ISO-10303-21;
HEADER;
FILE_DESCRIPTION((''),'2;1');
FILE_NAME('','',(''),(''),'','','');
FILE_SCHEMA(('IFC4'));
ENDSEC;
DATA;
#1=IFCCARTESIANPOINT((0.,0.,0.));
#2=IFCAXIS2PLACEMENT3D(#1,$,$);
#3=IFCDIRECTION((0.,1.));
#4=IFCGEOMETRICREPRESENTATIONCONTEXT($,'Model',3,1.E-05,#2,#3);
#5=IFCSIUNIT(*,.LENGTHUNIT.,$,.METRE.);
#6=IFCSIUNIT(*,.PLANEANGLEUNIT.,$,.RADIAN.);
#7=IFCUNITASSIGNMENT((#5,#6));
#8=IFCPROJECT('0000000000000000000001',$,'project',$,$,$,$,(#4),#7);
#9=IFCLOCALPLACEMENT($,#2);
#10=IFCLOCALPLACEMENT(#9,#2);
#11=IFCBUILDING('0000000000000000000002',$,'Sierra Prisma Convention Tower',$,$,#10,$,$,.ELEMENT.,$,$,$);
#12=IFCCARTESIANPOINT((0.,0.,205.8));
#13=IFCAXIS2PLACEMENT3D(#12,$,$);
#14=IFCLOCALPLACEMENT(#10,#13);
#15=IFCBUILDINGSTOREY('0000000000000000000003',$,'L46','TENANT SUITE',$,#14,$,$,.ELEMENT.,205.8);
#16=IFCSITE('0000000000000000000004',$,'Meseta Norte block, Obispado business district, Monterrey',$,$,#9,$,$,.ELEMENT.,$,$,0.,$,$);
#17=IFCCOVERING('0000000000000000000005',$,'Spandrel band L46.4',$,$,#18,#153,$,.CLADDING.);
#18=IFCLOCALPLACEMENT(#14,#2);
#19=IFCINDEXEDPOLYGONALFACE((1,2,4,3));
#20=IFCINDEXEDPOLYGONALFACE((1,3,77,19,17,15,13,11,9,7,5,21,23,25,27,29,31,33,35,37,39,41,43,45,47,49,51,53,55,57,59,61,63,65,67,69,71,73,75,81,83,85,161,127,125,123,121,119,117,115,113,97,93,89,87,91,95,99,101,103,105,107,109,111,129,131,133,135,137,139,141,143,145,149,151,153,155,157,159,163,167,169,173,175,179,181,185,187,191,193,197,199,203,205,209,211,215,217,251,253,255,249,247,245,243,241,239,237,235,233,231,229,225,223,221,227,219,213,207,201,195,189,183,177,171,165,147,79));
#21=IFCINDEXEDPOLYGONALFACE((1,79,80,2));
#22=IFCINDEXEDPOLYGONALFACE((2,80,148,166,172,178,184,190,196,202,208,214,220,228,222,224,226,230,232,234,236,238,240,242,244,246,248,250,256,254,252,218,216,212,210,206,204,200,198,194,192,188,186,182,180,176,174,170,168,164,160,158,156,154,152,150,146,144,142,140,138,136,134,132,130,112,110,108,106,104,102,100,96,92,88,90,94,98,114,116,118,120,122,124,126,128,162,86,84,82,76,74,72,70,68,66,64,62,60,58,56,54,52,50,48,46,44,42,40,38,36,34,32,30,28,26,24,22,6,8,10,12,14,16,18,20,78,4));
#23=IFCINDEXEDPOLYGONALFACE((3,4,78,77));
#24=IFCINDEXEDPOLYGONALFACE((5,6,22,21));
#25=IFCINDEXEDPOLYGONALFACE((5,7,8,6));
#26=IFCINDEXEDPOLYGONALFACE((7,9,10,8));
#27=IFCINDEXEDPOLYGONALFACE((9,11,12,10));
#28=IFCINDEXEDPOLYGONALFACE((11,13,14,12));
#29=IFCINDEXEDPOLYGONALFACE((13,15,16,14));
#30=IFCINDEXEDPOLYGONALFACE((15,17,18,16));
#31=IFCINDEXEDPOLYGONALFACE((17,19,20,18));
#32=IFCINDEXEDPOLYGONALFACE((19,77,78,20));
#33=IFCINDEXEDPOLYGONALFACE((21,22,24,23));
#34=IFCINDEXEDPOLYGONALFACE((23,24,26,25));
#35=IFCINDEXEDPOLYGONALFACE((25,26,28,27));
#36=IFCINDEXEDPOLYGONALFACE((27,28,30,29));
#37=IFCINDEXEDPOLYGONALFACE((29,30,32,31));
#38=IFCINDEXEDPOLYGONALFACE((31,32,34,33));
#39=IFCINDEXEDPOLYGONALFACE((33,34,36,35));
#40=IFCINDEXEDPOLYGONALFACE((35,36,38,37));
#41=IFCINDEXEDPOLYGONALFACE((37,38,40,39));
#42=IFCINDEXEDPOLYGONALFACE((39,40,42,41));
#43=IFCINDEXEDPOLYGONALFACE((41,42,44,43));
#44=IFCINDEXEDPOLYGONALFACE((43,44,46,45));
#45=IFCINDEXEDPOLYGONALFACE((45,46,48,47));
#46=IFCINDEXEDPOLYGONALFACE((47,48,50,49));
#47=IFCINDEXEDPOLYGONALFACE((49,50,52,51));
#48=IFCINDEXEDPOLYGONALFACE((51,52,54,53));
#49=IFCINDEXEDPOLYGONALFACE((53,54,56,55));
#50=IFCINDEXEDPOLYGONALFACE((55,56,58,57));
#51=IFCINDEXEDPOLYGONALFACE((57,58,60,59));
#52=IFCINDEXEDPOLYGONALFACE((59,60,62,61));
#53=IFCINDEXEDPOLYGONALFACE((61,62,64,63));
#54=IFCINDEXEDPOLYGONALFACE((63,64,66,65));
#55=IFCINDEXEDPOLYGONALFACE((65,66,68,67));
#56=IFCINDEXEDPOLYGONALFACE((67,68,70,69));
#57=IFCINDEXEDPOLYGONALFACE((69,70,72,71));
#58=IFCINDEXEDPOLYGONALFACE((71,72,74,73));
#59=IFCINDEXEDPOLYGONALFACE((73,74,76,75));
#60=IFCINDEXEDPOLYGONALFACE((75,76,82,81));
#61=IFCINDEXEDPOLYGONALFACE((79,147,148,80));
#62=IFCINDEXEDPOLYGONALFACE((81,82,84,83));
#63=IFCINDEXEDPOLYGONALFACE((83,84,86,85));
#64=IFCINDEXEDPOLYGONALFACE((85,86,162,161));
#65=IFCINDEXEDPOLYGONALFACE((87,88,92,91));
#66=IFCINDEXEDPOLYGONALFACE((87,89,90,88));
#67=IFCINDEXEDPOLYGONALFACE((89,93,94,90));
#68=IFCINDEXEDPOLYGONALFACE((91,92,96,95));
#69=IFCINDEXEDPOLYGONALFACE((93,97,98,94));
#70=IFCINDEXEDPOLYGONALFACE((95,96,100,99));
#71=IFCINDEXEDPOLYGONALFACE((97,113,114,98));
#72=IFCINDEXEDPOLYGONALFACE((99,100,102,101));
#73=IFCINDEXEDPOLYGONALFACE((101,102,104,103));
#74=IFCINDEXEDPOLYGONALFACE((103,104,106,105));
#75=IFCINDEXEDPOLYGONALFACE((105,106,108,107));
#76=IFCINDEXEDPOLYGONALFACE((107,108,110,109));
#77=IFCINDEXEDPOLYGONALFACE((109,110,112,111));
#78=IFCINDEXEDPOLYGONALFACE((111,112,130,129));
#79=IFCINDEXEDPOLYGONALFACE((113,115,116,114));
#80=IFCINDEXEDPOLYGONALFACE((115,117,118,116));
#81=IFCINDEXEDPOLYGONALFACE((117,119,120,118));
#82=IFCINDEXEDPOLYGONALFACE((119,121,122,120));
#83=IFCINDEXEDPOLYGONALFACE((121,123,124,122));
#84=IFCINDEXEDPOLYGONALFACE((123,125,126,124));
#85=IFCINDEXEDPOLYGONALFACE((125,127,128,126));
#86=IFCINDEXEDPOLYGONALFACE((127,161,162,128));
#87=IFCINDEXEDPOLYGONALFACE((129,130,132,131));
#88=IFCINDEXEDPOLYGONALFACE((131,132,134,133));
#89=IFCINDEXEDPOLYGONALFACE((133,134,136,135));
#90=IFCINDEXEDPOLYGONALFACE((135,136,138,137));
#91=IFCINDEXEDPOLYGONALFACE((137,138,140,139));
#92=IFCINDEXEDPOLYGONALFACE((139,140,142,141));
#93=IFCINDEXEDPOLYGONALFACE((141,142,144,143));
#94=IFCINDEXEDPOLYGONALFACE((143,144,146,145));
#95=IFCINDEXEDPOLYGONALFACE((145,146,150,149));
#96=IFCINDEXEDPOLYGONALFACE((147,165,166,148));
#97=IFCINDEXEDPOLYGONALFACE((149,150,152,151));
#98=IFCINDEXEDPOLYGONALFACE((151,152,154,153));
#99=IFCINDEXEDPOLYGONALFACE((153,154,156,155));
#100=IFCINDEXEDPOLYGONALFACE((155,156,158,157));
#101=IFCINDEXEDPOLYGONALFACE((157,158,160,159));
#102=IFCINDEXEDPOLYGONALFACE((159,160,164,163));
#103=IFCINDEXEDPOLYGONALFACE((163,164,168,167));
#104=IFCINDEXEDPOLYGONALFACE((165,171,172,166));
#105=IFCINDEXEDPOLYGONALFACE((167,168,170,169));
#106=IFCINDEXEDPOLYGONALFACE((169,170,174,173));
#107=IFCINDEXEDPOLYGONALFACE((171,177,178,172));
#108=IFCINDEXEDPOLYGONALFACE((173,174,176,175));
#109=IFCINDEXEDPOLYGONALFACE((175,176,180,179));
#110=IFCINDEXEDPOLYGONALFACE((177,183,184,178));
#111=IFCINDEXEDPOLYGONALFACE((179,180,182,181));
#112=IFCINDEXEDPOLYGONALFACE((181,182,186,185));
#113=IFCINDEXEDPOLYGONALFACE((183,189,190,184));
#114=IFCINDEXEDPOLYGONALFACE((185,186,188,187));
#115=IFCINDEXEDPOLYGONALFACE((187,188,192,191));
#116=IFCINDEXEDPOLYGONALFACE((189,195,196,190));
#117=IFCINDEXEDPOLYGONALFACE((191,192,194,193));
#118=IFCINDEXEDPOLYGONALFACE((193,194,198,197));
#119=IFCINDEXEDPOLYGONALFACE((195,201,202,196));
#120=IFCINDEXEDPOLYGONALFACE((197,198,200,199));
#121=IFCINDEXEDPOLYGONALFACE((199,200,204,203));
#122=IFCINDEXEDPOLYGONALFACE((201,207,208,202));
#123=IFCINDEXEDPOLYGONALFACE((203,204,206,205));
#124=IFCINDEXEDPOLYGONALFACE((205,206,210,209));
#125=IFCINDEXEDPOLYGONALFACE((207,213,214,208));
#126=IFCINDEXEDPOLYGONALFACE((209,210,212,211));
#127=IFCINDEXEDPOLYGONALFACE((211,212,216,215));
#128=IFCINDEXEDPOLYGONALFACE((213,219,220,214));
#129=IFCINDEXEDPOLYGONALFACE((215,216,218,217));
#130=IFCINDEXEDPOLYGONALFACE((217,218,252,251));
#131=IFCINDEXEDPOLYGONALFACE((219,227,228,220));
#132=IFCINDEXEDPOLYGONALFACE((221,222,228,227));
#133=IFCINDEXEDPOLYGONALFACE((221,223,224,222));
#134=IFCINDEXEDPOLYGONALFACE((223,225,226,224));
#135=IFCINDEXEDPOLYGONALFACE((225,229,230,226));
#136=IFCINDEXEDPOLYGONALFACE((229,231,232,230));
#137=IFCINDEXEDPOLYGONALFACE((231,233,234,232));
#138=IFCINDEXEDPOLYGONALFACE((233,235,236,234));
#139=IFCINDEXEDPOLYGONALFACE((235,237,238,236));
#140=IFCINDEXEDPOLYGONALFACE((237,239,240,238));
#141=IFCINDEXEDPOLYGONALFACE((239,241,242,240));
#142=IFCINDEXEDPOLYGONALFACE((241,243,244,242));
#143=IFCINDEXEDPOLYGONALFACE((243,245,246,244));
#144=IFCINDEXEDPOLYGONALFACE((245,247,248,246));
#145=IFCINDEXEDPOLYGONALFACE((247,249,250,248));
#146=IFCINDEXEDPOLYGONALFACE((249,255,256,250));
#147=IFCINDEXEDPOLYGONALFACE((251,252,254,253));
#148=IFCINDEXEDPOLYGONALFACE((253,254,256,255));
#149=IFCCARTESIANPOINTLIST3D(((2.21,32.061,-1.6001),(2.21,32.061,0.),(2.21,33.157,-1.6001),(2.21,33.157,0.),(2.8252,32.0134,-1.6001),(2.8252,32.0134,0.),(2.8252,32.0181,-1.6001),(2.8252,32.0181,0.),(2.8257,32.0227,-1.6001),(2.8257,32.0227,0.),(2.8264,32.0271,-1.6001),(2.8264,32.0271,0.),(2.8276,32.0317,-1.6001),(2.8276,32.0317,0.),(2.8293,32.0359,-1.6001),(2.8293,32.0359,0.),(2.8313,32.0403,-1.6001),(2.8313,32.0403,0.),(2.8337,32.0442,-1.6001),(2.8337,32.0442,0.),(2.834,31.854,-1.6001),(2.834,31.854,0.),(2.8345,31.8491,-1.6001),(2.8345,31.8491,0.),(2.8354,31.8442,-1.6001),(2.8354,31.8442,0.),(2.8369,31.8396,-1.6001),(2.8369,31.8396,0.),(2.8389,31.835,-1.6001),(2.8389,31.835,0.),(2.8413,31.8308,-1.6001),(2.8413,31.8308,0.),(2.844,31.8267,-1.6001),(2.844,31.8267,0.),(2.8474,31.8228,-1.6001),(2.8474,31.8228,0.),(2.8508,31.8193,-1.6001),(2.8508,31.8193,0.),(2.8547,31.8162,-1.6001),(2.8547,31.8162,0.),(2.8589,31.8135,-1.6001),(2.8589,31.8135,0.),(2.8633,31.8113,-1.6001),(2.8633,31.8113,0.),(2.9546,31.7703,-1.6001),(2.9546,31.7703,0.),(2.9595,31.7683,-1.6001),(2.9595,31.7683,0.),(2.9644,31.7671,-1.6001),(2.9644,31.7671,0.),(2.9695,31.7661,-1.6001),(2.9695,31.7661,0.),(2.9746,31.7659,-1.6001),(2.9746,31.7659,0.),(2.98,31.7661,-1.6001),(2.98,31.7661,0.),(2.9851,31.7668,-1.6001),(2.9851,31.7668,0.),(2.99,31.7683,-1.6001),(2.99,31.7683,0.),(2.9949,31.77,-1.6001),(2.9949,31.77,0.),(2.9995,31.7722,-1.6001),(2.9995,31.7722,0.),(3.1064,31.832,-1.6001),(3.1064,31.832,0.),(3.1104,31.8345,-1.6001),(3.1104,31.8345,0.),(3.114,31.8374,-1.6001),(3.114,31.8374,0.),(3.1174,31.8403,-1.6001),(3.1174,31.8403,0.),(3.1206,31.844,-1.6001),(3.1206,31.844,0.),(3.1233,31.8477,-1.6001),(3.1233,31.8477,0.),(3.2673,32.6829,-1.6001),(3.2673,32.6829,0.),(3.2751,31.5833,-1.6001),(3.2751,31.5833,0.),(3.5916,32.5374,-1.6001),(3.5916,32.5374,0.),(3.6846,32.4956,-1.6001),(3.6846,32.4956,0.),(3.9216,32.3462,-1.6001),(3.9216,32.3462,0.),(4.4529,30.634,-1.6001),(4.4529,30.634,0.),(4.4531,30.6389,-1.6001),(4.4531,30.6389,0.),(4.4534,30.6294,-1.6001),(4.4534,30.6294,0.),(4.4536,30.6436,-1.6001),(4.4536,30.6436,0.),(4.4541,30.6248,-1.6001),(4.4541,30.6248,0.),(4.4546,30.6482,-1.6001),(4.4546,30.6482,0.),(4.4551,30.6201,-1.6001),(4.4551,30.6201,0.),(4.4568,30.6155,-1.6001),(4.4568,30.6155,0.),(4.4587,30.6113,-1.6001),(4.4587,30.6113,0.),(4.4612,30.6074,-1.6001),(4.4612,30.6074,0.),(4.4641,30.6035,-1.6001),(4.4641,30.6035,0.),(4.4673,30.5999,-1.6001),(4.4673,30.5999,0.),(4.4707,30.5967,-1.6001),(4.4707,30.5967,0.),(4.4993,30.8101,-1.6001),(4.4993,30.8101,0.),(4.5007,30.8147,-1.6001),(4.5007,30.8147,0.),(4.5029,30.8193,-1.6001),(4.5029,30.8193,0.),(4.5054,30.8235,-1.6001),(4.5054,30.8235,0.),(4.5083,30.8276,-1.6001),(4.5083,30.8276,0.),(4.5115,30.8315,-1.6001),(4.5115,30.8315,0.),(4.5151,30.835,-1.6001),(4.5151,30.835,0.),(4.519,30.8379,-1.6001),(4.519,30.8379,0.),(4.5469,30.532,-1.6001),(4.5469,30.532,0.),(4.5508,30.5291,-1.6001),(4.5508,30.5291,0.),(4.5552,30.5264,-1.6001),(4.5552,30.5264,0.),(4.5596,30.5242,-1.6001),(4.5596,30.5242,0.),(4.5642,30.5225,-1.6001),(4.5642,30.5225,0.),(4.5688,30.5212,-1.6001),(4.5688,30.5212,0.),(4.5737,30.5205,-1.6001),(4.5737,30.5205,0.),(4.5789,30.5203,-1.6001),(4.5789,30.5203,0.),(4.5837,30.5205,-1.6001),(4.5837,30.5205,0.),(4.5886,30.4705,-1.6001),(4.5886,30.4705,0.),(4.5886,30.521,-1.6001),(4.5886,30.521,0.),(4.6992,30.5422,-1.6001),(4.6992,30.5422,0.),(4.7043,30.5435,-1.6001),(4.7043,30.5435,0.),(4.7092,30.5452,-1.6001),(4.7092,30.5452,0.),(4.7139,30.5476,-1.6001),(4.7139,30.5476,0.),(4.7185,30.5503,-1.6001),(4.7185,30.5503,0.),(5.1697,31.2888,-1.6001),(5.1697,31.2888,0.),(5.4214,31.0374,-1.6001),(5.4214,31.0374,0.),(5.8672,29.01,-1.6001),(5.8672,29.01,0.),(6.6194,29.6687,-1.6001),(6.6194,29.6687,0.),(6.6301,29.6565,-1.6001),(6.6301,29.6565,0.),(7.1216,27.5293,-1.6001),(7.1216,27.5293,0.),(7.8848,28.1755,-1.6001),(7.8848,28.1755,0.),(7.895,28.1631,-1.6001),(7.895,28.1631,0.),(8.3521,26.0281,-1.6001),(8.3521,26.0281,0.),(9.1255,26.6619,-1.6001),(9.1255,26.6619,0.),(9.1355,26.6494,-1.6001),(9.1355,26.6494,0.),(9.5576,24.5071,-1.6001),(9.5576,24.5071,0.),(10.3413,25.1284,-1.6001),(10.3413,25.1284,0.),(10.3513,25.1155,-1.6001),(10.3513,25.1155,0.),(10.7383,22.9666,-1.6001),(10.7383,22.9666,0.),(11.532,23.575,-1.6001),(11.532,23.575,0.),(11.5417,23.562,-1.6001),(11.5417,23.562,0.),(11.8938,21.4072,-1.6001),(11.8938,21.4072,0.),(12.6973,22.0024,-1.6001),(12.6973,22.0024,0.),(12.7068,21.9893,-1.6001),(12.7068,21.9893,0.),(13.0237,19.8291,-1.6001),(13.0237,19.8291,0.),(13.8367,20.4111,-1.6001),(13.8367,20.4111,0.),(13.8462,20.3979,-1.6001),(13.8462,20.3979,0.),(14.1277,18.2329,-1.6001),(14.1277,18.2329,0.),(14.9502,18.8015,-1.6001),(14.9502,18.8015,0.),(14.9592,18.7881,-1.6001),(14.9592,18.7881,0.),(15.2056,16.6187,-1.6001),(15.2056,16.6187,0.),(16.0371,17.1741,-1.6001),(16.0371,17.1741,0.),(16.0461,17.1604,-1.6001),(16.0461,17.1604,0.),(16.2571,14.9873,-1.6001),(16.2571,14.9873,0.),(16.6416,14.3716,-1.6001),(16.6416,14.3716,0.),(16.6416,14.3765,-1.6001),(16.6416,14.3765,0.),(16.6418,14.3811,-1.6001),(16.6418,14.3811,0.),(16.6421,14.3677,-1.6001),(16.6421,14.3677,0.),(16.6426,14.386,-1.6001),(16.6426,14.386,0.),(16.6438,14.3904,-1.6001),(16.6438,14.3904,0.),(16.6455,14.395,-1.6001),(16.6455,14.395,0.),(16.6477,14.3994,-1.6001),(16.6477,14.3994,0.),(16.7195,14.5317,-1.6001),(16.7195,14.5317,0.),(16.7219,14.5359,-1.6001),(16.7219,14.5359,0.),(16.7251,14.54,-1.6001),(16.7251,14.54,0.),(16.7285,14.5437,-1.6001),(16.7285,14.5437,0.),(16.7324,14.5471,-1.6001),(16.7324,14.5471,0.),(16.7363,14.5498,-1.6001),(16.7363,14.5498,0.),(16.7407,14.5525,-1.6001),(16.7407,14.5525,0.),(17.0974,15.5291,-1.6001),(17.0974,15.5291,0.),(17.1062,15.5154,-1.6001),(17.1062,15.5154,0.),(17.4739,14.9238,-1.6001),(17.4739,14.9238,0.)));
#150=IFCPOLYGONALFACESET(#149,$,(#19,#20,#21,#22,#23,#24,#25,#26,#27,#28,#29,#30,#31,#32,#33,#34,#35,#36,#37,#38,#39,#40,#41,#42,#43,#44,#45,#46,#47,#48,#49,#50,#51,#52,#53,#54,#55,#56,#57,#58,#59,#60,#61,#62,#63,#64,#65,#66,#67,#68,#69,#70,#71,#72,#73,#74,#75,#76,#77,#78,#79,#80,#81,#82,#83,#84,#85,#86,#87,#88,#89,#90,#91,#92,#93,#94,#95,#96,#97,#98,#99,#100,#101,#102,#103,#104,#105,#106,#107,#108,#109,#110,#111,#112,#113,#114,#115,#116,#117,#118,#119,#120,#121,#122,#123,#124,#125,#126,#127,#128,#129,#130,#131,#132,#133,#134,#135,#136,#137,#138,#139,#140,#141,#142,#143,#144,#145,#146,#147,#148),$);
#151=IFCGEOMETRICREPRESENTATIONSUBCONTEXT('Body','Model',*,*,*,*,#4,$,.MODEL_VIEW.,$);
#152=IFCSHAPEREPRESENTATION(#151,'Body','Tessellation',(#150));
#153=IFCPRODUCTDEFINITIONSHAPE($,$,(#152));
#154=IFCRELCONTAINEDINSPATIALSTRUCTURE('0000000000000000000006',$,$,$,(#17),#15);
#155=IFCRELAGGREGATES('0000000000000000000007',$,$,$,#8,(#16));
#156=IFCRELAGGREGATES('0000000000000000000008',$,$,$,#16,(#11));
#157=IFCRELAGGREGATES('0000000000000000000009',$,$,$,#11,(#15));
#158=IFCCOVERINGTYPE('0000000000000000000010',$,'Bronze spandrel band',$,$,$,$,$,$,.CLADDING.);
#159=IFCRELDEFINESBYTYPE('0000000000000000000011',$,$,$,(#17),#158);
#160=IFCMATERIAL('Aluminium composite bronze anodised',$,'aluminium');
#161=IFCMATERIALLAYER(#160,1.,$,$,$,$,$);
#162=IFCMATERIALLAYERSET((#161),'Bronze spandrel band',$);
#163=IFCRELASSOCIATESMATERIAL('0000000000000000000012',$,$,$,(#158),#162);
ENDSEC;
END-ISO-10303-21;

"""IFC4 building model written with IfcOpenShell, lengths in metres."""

from ifc_helpers import new_model, si_unit, direction, frame, origin, place, context, subcontext, project, spatial, polyline, outline, extrude, material, layer, layer_set, type_object, element, save


model = new_model("IFC4")

# Units and contexts
model_context = context("Model", 3, precision=1e-05, world=origin(), true_north=direction((0.0, 1.0)))
body_context = subcontext(model_context, "Body", "Model", "MODEL_VIEW")
ifc_project = project(units=[si_unit("LENGTHUNIT", "METRE"), si_unit("PLANEANGLEUNIT", "RADIAN")], contexts=[model_context])

# Site, building, storey
site_placement = place(None, origin())
site = spatial("IfcSite", under=ifc_project, at=site_placement, Name="Meseta Norte block, Obispado business district, Monterrey", CompositionType="ELEMENT", RefElevation=0.0)
building_placement = place(site_placement, origin())
building = spatial("IfcBuilding", under=site, at=building_placement, Name="Sierra Prisma Convention Tower", CompositionType="ELEMENT")
storey_placement = place(building_placement, frame((0.0, 0.0, 205.8)))
storey = spatial("IfcBuildingStorey", under=building, at=storey_placement, Name="L46", Description="TENANT SUITE", CompositionType="ELEMENT", Elevation=205.8)

# Covering
ifc_material_1 = material(Name="Aluminium composite bronze anodised", Category="aluminium")
ifc_layer_1 = layer(ifc_material_1, 1.0)
ifc_layer_set_1 = layer_set([ifc_layer_1], Name="Bronze spandrel band")
covering_type_1 = type_object("IfcCoveringType", Name="Bronze spandrel band", PredefinedType="CLADDING", material=ifc_layer_set_1)
covering_1_placement = place(storey_placement, frame((0.0, 0.0, -1.6001)))
element("IfcCovering", 1, at=covering_1_placement, inside=storey, type_object=covering_type_1, Name="Spandrel band L46.4", PredefinedType="CLADDING", context=body_context, shape_type="SweptSolid", body=[
    extrude(outline(polyline([(2.8313, 32.0403), (2.8293, 32.0359), (2.8276, 32.0317), (2.8264, 32.0271), (2.8257, 32.0227), (2.8252, 32.0181), (2.8252, 32.0134), (2.834, 31.854), (2.8345, 31.8491), (2.8354, 31.8442), (2.8369, 31.8396), (2.8389, 31.835), (2.8413, 31.8308), (2.844, 31.8267), (2.8474, 31.8228), (2.8508, 31.8193), (2.8547, 31.8162), (2.8589, 31.8135), (2.8633, 31.8113), (2.9546, 31.7703), (2.9595, 31.7683), (2.9644, 31.7671), (2.9695, 31.7661), (2.9746, 31.7659), (2.98, 31.7661), (2.9851, 31.7668), (2.99, 31.7683), (2.9949, 31.77), (2.9995, 31.7722), (3.1064, 31.832), (3.1104, 31.8345), (3.114, 31.8374), (3.1174, 31.8403), (3.1206, 31.844), (3.1233, 31.8477), (3.5916, 32.5374), (3.6846, 32.4956), (3.9216, 32.3462), (5.1697, 31.2888), (4.519, 30.8379), (4.5151, 30.835), (4.5115, 30.8315), (4.5083, 30.8276), (4.5054, 30.8235), (4.5029, 30.8193), (4.5007, 30.8147), (4.4993, 30.8101), (4.4546, 30.6482), (4.4536, 30.6436), (4.4531, 30.6389), (4.4529, 30.634), (4.4534, 30.6294), (4.4541, 30.6248), (4.4551, 30.6201), (4.4568, 30.6155), (4.4587, 30.6113), (4.4612, 30.6074), (4.4641, 30.6035), (4.4673, 30.5999), (4.4707, 30.5967), (4.5469, 30.532), (4.5508, 30.5291), (4.5552, 30.5264), (4.5596, 30.5242), (4.5642, 30.5225), (4.5688, 30.5212), (4.5737, 30.5205), (4.5789, 30.5203), (4.5837, 30.5205), (4.5886, 30.521), (4.6992, 30.5422), (4.7043, 30.5435), (4.7092, 30.5452), (4.7139, 30.5476), (4.7185, 30.5503), (5.4214, 31.0374), (6.6194, 29.6687), (6.6301, 29.6565), (7.8848, 28.1755), (7.895, 28.1631), (9.1255, 26.6619), (9.1355, 26.6494), (10.3413, 25.1284), (10.3513, 25.1155), (11.532, 23.575), (11.5417, 23.562), (12.6973, 22.0024), (12.7068, 21.9893), (13.8367, 20.4111), (13.8462, 20.3979), (14.9502, 18.8015), (14.9592, 18.7881), (16.0371, 17.1741), (16.0461, 17.1604), (17.0974, 15.5291), (17.1062, 15.5154), (17.4739, 14.9238), (16.7407, 14.5525), (16.7363, 14.5498), (16.7324, 14.5471), (16.7285, 14.5437), (16.7251, 14.54), (16.7219, 14.5359), (16.7195, 14.5317), (16.6477, 14.3994), (16.6455, 14.395), (16.6438, 14.3904), (16.6426, 14.386), (16.6418, 14.3811), (16.6416, 14.3765), (16.6416, 14.3716), (16.6421, 14.3677), (16.2571, 14.9873), (15.2056, 16.6187), (14.1277, 18.2329), (13.0237, 19.8291), (11.8938, 21.4072), (10.7383, 22.9666), (9.5576, 24.5071), (8.3521, 26.0281), (7.1216, 27.5293), (5.8672, 29.01), (4.5886, 30.4705), (3.2751, 31.5833), (2.21, 32.061), (2.21, 33.157), (3.2673, 32.6829), (2.8337, 32.0442), (2.8313, 32.0403)])), origin(), (0.0, 0.0, 1.0), 1.6001),
])

save(model, "model.ifc")
